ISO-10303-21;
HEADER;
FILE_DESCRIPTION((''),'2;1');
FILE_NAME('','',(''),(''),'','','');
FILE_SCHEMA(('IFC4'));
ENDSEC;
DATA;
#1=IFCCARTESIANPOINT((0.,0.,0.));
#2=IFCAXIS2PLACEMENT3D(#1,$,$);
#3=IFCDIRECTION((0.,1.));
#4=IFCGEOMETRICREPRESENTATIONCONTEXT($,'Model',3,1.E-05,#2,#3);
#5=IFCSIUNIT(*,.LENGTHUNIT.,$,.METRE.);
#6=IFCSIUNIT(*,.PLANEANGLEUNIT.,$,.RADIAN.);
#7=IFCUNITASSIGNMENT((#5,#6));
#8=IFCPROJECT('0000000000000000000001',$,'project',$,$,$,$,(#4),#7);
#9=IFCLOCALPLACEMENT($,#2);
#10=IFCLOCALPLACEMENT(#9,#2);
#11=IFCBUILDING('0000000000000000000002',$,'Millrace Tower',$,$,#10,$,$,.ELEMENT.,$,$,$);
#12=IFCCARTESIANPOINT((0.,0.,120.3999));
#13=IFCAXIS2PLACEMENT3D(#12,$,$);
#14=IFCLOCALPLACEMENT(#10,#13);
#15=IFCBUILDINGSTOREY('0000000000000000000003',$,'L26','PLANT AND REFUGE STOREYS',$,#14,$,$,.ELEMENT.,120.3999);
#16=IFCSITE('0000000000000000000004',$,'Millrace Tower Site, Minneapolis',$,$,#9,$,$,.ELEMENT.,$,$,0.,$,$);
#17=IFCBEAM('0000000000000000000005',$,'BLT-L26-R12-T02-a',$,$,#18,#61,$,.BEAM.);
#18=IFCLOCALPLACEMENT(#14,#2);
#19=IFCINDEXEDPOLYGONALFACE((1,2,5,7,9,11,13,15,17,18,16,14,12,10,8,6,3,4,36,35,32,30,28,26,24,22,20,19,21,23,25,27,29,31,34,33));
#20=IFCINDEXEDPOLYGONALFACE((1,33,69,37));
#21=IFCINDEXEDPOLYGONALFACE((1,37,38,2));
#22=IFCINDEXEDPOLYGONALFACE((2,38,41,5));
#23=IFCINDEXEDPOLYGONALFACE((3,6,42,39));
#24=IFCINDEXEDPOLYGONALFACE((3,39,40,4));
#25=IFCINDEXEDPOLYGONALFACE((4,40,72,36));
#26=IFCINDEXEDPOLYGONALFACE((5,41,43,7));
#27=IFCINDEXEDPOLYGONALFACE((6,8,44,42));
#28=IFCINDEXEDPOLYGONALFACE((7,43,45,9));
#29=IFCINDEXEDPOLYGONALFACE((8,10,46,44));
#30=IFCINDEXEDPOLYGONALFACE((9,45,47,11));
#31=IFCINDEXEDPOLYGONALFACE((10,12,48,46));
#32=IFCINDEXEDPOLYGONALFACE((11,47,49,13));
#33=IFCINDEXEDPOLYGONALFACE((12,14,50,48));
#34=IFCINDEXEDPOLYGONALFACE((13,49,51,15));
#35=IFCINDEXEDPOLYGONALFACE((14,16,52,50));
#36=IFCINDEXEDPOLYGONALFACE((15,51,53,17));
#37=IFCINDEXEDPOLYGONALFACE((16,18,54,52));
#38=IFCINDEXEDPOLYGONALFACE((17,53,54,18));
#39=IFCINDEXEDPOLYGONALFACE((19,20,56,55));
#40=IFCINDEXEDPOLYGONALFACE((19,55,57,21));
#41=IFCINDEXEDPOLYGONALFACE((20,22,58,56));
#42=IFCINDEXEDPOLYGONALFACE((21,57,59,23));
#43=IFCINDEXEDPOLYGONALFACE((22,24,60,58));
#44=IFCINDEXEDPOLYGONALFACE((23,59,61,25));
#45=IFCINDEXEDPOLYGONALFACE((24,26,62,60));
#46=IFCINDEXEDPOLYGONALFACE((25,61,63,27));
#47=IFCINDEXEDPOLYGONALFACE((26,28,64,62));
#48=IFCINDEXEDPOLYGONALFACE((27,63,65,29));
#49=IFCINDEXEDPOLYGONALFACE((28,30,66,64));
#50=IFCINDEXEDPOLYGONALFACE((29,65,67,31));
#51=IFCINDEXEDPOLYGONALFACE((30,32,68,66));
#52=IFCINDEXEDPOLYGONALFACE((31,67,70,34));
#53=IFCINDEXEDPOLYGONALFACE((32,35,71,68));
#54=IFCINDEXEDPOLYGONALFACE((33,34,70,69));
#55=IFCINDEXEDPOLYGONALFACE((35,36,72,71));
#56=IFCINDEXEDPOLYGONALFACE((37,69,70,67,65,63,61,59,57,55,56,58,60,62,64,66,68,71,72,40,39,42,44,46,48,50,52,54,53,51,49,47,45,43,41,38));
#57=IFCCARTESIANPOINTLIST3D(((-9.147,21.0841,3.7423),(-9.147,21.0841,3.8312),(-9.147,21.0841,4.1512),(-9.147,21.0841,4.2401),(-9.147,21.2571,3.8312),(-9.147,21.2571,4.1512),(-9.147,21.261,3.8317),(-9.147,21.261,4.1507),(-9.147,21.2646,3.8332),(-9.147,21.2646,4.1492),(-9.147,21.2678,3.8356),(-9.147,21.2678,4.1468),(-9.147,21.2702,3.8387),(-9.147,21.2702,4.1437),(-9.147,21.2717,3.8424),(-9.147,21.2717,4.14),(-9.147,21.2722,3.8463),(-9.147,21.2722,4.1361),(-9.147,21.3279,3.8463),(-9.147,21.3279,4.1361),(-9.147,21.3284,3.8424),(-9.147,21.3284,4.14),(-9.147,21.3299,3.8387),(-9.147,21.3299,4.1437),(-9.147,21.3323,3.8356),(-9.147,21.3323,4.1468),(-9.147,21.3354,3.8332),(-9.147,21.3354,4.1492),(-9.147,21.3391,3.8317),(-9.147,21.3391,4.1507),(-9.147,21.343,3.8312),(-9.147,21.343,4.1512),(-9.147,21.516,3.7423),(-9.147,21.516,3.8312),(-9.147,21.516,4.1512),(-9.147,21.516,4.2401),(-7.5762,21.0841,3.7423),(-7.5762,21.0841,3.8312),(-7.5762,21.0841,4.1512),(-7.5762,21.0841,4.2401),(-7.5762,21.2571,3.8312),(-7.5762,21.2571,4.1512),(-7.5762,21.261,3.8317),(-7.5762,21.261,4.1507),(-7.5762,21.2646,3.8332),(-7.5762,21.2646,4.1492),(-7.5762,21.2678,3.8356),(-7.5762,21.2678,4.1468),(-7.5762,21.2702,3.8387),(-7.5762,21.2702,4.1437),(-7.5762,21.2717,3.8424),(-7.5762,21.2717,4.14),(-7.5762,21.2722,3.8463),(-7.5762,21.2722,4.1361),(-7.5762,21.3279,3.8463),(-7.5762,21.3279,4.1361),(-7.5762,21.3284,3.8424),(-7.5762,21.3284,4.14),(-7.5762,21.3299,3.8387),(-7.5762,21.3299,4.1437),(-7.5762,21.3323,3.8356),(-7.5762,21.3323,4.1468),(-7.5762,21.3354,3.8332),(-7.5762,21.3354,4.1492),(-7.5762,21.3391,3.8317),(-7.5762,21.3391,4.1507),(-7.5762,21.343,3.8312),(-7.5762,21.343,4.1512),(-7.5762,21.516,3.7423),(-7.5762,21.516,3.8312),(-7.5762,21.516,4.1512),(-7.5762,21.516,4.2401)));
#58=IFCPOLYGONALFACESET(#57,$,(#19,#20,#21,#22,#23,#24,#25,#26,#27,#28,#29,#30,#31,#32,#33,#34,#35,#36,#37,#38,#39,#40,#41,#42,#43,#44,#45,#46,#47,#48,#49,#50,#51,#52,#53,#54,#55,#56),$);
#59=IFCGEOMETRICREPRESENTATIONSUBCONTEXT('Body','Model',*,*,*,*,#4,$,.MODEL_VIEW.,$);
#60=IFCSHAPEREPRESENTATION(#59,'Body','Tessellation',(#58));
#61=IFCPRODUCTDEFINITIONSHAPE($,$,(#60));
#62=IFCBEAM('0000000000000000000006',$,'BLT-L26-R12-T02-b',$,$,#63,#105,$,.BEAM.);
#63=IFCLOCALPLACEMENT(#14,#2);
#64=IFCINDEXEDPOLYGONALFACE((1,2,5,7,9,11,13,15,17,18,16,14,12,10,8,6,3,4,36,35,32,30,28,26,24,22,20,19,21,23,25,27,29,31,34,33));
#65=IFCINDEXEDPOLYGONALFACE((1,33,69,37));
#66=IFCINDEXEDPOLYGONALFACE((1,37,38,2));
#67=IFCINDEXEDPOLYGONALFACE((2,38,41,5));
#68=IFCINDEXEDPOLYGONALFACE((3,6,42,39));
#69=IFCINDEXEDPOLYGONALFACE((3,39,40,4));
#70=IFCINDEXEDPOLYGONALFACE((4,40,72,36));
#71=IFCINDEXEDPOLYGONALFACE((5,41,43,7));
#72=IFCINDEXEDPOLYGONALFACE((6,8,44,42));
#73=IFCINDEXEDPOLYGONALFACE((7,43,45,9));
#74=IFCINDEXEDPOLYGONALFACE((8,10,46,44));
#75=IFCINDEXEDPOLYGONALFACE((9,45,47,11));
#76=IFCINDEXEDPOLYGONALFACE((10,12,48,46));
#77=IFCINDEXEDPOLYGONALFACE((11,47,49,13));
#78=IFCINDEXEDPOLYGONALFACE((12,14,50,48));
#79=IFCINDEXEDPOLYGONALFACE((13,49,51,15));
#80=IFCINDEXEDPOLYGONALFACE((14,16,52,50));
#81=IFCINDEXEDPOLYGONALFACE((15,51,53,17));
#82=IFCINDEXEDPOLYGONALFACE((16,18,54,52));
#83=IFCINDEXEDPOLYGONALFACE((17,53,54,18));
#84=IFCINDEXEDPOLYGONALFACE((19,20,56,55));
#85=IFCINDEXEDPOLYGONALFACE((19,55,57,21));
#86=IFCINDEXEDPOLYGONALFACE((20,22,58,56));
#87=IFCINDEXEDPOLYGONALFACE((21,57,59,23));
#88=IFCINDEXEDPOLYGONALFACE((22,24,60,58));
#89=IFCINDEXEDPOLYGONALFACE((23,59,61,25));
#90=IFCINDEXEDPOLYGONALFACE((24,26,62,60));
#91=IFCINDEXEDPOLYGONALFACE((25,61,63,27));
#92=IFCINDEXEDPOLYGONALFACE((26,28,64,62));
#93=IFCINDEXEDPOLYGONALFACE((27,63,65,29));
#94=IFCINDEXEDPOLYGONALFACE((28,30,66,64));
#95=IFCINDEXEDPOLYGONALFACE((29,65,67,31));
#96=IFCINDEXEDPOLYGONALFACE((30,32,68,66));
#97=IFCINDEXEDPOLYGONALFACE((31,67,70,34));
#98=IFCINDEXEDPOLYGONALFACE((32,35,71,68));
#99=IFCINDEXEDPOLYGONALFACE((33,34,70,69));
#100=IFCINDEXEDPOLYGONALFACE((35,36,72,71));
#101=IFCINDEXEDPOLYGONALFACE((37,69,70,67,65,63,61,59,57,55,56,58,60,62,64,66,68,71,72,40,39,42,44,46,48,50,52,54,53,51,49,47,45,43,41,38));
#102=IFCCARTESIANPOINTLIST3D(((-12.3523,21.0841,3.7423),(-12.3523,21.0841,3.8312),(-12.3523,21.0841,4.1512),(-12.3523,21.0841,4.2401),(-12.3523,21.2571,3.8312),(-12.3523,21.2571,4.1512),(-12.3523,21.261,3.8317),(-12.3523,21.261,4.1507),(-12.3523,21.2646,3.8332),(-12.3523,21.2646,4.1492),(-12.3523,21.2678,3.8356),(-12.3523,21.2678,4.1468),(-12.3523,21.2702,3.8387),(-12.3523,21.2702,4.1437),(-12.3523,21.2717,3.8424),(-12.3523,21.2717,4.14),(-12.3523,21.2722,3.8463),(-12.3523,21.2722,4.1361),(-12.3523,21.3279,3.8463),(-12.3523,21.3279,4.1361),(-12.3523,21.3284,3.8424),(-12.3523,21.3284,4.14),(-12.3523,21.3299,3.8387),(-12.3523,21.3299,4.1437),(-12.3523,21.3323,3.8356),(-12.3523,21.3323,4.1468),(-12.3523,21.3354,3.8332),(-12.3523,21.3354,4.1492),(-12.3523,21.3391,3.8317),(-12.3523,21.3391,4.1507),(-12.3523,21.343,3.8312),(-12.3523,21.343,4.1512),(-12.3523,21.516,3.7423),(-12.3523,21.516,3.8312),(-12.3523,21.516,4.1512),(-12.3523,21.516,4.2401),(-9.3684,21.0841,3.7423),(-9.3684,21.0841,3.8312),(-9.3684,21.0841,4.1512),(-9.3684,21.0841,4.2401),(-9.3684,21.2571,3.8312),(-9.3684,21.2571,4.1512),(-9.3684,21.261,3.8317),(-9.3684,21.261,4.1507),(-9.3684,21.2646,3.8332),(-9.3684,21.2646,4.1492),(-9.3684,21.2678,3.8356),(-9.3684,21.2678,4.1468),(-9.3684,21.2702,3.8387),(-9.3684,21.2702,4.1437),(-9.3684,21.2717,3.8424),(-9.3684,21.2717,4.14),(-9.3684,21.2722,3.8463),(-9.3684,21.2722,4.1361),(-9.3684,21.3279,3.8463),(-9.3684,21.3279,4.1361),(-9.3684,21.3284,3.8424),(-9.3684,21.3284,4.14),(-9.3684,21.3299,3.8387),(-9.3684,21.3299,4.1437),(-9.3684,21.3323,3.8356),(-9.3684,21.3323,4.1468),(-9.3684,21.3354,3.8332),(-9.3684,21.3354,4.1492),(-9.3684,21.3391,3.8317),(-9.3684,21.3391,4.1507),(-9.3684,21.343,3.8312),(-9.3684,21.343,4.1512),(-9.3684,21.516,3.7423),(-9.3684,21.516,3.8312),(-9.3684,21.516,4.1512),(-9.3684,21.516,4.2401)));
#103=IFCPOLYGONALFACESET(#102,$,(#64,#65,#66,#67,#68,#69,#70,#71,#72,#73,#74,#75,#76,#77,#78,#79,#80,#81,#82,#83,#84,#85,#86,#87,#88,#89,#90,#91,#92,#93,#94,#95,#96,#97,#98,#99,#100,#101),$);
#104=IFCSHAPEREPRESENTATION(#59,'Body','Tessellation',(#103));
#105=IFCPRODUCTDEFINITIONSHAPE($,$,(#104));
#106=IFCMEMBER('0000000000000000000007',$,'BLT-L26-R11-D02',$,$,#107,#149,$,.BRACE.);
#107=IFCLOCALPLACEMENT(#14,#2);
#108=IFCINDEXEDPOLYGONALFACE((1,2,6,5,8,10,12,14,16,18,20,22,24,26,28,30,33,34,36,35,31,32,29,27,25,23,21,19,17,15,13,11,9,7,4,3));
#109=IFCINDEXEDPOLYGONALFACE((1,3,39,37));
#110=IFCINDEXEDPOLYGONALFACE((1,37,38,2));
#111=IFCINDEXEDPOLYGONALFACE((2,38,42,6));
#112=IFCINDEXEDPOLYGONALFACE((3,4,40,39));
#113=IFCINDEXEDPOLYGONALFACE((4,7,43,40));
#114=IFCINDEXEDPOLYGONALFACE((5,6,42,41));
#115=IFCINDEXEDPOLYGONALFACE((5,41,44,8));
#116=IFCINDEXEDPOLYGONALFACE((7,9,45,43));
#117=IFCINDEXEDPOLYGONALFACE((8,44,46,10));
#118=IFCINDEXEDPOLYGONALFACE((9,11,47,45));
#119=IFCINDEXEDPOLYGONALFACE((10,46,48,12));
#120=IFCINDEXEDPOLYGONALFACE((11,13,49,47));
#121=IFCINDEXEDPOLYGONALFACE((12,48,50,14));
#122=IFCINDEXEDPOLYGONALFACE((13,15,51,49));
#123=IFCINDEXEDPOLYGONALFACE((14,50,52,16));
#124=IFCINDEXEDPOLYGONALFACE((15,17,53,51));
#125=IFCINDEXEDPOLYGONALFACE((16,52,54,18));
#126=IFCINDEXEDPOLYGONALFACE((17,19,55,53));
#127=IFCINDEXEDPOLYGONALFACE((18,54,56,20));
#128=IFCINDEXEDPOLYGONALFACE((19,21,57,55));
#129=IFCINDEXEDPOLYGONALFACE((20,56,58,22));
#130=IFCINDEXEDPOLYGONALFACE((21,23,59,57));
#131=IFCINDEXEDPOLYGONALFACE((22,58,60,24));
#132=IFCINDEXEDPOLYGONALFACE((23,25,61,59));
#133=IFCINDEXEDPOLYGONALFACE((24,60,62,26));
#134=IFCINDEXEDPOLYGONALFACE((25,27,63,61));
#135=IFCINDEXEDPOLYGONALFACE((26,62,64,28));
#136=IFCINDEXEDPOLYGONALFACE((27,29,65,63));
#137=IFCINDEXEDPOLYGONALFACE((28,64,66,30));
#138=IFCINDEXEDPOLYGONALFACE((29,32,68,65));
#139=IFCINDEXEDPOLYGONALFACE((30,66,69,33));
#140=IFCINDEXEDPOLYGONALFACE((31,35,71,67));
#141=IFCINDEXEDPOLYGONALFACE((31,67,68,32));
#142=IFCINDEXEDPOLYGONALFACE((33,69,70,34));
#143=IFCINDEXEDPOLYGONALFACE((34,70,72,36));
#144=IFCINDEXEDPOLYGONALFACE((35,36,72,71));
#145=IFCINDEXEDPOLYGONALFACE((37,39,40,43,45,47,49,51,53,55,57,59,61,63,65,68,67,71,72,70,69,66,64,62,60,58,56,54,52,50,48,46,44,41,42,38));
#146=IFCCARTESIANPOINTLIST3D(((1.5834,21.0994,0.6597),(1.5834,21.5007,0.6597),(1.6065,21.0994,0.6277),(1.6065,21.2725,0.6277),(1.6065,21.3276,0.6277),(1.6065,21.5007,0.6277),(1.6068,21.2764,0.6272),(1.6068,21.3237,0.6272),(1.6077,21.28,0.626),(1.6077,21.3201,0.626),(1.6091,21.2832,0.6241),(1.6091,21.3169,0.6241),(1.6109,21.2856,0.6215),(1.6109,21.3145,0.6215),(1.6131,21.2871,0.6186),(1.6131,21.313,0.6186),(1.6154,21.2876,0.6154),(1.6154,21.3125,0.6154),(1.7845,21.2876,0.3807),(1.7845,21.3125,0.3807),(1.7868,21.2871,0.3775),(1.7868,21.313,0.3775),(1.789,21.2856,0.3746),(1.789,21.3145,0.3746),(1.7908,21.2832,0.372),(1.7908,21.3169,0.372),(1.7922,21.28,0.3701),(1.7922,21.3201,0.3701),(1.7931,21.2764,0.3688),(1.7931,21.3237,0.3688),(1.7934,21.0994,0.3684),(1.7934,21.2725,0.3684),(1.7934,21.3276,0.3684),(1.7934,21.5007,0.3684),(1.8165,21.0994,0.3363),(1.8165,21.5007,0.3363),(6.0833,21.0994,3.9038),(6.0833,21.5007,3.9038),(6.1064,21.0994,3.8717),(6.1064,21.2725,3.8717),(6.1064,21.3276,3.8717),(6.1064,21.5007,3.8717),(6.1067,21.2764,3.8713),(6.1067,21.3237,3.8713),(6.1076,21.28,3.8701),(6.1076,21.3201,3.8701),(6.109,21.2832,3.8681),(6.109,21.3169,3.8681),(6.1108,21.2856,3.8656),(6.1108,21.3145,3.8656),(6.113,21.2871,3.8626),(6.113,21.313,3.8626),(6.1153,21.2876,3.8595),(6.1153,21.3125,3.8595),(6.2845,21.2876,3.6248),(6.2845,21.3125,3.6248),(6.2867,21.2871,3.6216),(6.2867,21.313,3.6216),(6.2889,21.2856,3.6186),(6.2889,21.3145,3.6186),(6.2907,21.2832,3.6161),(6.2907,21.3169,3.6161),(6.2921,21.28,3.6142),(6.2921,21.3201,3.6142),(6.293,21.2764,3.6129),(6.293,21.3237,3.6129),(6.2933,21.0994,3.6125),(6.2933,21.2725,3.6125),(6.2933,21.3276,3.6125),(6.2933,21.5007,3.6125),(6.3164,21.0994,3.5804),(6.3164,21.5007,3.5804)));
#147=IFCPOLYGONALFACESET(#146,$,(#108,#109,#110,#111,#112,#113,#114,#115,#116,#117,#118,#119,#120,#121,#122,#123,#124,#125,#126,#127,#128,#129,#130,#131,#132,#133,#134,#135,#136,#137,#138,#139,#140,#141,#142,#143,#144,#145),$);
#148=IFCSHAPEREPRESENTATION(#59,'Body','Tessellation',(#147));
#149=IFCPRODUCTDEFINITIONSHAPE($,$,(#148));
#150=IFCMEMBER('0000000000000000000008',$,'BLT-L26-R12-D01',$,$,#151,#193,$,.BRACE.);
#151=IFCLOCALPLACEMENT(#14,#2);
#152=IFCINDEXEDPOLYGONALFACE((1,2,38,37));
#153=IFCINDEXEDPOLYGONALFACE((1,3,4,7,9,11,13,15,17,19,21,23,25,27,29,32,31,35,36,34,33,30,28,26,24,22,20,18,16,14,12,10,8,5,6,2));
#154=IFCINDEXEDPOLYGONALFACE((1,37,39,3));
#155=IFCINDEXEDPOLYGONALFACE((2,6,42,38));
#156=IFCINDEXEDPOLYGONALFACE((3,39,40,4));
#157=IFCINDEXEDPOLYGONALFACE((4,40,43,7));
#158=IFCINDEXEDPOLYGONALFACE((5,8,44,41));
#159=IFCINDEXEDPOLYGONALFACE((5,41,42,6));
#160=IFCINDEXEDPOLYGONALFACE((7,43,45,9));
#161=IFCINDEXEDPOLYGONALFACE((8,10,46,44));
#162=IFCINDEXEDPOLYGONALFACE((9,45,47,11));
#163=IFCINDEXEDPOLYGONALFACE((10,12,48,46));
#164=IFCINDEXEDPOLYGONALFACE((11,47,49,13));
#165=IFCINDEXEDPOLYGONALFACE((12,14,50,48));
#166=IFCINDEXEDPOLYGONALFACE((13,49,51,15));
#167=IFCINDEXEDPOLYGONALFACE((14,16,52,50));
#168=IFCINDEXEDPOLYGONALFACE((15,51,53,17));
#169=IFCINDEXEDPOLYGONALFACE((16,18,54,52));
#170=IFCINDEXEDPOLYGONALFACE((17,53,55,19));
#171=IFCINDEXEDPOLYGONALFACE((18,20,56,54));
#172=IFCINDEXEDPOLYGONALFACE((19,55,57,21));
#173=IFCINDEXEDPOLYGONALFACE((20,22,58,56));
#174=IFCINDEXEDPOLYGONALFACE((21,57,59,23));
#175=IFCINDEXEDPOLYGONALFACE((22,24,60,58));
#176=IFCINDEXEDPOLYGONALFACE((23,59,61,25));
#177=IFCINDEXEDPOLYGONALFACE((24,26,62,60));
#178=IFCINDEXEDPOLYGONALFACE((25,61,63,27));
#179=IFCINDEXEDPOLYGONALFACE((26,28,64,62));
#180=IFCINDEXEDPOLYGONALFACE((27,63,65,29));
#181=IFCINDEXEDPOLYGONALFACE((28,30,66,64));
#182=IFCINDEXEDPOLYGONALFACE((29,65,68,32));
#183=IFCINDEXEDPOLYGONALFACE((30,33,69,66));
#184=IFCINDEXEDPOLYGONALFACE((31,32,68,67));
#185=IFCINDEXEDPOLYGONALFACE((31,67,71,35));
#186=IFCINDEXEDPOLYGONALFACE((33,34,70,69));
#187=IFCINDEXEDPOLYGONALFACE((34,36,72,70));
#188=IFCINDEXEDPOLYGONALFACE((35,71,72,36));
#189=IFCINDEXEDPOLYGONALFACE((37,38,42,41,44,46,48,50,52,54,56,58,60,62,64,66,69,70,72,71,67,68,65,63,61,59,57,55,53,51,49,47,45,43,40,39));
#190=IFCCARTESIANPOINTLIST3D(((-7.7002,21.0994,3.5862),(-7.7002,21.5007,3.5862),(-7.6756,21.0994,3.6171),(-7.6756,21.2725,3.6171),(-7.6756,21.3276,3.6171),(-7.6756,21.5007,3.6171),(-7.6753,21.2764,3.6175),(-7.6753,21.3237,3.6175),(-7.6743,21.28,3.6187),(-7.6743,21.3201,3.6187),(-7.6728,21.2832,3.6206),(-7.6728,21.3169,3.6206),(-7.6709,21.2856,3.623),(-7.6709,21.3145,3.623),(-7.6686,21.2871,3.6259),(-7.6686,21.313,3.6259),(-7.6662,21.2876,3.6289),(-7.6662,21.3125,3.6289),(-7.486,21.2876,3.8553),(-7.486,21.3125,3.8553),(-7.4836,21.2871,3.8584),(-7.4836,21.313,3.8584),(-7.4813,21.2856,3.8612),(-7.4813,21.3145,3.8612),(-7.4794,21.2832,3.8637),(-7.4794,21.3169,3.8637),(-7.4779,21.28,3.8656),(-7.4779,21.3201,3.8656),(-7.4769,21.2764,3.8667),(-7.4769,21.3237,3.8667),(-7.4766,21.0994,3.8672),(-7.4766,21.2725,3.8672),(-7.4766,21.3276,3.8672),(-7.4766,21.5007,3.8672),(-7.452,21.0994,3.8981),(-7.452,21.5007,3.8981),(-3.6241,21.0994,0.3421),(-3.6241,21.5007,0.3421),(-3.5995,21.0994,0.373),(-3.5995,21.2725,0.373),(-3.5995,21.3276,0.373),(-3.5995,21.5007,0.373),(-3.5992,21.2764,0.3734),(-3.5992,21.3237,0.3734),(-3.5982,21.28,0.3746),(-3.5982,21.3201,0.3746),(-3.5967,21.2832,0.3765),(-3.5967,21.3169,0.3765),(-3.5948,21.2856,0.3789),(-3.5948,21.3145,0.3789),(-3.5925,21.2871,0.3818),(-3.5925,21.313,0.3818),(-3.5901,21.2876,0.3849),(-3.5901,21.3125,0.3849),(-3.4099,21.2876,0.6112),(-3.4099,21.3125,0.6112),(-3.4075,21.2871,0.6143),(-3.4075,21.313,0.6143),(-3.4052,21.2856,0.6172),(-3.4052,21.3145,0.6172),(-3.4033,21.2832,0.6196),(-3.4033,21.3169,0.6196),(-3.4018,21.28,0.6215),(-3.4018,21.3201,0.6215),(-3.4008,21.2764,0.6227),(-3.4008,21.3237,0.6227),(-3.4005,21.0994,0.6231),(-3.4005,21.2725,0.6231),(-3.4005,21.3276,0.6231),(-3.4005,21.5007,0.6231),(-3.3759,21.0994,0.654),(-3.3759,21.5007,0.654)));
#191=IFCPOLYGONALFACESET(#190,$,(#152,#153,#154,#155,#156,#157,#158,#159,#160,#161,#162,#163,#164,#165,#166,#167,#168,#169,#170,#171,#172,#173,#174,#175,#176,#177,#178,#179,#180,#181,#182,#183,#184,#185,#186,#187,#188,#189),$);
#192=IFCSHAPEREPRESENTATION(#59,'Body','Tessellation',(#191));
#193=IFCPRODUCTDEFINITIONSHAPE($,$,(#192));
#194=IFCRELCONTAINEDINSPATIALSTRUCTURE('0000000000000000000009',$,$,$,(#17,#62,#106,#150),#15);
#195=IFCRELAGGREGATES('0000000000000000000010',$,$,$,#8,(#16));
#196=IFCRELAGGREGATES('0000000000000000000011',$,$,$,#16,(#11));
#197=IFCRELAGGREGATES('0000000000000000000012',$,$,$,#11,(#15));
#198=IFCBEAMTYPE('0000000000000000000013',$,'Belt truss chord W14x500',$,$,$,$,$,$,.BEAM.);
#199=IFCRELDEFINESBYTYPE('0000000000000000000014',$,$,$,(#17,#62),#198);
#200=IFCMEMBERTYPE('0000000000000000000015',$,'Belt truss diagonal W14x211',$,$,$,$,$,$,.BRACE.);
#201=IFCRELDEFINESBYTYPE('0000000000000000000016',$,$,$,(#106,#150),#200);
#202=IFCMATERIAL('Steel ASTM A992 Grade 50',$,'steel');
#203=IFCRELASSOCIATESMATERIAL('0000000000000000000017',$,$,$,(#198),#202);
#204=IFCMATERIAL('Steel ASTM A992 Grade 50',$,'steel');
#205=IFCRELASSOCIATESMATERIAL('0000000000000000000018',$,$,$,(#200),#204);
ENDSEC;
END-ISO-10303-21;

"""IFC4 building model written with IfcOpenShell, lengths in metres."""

from ifc_helpers import new_model, si_unit, direction, frame, origin, origin_2d, place, context, subcontext, project, spatial, i_section, extrude, material, material_profile, profile_set, type_object, element, save


model = new_model("IFC4")

# Units and contexts
model_context = context("Model", 3, precision=1e-05, world=origin(), true_north=direction((0.0, 1.0)))
body_context = subcontext(model_context, "Body", "Model", "MODEL_VIEW")
ifc_project = project(units=[si_unit("LENGTHUNIT", "METRE"), si_unit("PLANEANGLEUNIT", "RADIAN")], contexts=[model_context])

# Site, building, storey
site_placement = place(None, origin())
site = spatial("IfcSite", under=ifc_project, at=site_placement, Name="Millrace Tower Site, Minneapolis", CompositionType="ELEMENT", RefElevation=0.0)
building_placement = place(site_placement, origin())
building = spatial("IfcBuilding", under=site, at=building_placement, Name="Millrace Tower", CompositionType="ELEMENT")
storey_placement = place(building_placement, frame((0.0, 0.0, 120.3999)))
storey = spatial("IfcBuildingStorey", under=building, at=storey_placement, Name="L26", Description="PLANT AND REFUGE STOREYS", CompositionType="ELEMENT", Elevation=120.3999)

# Beams
ifc_material_1 = material(Name="Steel ASTM A992 Grade 50", Category="steel")
ifc_material_profile_1 = material_profile(ifc_material_1, i_section(OverallWidth=0.4319, OverallDepth=0.4978, WebThickness=0.0557, FlangeThickness=0.0889, FilletRadius=0.0151, at=origin_2d()))
ifc_profile_set_1 = profile_set([ifc_material_profile_1], Name="Steel ASTM A992 Grade 50")
beam_type_1 = type_object("IfcBeamType", Name="Belt truss chord W14x500", PredefinedType="BEAM", material=ifc_profile_set_1)
beam_1_placement = place(storey_placement, frame((-7.5762, 21.3, 3.9912), z_axis=(-1.0, 0.0, 0.0), x_axis=(0.0, -1.0, 0.0)))
element("IfcBeam", 1, at=beam_1_placement, inside=storey, type_object=beam_type_1, Name="BLT-L26-R12-T02-a", PredefinedType="BEAM", context=body_context, shape_type="SweptSolid", body=[
    extrude(i_section(OverallWidth=0.4319, OverallDepth=0.4978, WebThickness=0.0557, FlangeThickness=0.0889, FilletRadius=0.0151, at=origin_2d()), origin(), (0.0, 0.0, 1.0), 1.5708),
])
beam_2_placement = place(storey_placement, frame((-9.3684, 21.3, 3.9912), z_axis=(-1.0, 0.0, 0.0), x_axis=(0.0, -1.0, 0.0)))
element("IfcBeam", 2, at=beam_2_placement, inside=storey, type_object=beam_type_1, Name="BLT-L26-R12-T02-b", PredefinedType="BEAM", context=body_context, shape_type="SweptSolid", body=[
    extrude(i_section(OverallWidth=0.4319, OverallDepth=0.4978, WebThickness=0.0557, FlangeThickness=0.0889, FilletRadius=0.0151, at=origin_2d()), origin(), (0.0, 0.0, 1.0), 2.9839),
])

# Members
ifc_material_2 = material(Name="Steel ASTM A992 Grade 50", Category="steel")
ifc_material_profile_2 = material_profile(ifc_material_2, i_section(OverallWidth=0.4014, OverallDepth=0.3987, WebThickness=0.0249, FlangeThickness=0.0396, FilletRadius=0.0151, at=origin_2d()))
ifc_profile_set_2 = profile_set([ifc_material_profile_2], Name="Steel ASTM A992 Grade 50")
member_type_1 = type_object("IfcMemberType", Name="Belt truss diagonal W14x211", PredefinedType="BRACE", material=ifc_profile_set_2)
member_1_placement = place(storey_placement, frame((1.7, 21.3, 0.498), z_axis=(0.81118, 0.0, 0.584796), x_axis=(0.0, 1.0, 0.0)))
element("IfcMember", 3, at=member_1_placement, inside=storey, type_object=member_type_1, Name="BLT-L26-R11-D02", PredefinedType="BRACE", context=body_context, shape_type="SweptSolid", body=[
    extrude(i_section(OverallWidth=0.4014, OverallDepth=0.3987, WebThickness=0.0249, FlangeThickness=0.0396, FilletRadius=0.0151, at=origin_2d()), origin(), (0.0, 0.0, 1.0), 5.5474),
])
member_2_placement = place(storey_placement, frame((-3.5, 21.3, 0.498), z_axis=(-0.782439, 0.0, 0.622727), x_axis=(0.0, -1.0, 0.0)))
element("IfcMember", 4, at=member_2_placement, inside=storey, type_object=member_type_1, Name="BLT-L26-R12-D01", PredefinedType="BRACE", context=body_context, shape_type="SweptSolid", body=[
    extrude(i_section(OverallWidth=0.4014, OverallDepth=0.3987, WebThickness=0.0249, FlangeThickness=0.0396, FilletRadius=0.0151, at=origin_2d()), origin(), (0.0, 0.0, 1.0), 5.2095),
])

save(model, "model.ifc")
